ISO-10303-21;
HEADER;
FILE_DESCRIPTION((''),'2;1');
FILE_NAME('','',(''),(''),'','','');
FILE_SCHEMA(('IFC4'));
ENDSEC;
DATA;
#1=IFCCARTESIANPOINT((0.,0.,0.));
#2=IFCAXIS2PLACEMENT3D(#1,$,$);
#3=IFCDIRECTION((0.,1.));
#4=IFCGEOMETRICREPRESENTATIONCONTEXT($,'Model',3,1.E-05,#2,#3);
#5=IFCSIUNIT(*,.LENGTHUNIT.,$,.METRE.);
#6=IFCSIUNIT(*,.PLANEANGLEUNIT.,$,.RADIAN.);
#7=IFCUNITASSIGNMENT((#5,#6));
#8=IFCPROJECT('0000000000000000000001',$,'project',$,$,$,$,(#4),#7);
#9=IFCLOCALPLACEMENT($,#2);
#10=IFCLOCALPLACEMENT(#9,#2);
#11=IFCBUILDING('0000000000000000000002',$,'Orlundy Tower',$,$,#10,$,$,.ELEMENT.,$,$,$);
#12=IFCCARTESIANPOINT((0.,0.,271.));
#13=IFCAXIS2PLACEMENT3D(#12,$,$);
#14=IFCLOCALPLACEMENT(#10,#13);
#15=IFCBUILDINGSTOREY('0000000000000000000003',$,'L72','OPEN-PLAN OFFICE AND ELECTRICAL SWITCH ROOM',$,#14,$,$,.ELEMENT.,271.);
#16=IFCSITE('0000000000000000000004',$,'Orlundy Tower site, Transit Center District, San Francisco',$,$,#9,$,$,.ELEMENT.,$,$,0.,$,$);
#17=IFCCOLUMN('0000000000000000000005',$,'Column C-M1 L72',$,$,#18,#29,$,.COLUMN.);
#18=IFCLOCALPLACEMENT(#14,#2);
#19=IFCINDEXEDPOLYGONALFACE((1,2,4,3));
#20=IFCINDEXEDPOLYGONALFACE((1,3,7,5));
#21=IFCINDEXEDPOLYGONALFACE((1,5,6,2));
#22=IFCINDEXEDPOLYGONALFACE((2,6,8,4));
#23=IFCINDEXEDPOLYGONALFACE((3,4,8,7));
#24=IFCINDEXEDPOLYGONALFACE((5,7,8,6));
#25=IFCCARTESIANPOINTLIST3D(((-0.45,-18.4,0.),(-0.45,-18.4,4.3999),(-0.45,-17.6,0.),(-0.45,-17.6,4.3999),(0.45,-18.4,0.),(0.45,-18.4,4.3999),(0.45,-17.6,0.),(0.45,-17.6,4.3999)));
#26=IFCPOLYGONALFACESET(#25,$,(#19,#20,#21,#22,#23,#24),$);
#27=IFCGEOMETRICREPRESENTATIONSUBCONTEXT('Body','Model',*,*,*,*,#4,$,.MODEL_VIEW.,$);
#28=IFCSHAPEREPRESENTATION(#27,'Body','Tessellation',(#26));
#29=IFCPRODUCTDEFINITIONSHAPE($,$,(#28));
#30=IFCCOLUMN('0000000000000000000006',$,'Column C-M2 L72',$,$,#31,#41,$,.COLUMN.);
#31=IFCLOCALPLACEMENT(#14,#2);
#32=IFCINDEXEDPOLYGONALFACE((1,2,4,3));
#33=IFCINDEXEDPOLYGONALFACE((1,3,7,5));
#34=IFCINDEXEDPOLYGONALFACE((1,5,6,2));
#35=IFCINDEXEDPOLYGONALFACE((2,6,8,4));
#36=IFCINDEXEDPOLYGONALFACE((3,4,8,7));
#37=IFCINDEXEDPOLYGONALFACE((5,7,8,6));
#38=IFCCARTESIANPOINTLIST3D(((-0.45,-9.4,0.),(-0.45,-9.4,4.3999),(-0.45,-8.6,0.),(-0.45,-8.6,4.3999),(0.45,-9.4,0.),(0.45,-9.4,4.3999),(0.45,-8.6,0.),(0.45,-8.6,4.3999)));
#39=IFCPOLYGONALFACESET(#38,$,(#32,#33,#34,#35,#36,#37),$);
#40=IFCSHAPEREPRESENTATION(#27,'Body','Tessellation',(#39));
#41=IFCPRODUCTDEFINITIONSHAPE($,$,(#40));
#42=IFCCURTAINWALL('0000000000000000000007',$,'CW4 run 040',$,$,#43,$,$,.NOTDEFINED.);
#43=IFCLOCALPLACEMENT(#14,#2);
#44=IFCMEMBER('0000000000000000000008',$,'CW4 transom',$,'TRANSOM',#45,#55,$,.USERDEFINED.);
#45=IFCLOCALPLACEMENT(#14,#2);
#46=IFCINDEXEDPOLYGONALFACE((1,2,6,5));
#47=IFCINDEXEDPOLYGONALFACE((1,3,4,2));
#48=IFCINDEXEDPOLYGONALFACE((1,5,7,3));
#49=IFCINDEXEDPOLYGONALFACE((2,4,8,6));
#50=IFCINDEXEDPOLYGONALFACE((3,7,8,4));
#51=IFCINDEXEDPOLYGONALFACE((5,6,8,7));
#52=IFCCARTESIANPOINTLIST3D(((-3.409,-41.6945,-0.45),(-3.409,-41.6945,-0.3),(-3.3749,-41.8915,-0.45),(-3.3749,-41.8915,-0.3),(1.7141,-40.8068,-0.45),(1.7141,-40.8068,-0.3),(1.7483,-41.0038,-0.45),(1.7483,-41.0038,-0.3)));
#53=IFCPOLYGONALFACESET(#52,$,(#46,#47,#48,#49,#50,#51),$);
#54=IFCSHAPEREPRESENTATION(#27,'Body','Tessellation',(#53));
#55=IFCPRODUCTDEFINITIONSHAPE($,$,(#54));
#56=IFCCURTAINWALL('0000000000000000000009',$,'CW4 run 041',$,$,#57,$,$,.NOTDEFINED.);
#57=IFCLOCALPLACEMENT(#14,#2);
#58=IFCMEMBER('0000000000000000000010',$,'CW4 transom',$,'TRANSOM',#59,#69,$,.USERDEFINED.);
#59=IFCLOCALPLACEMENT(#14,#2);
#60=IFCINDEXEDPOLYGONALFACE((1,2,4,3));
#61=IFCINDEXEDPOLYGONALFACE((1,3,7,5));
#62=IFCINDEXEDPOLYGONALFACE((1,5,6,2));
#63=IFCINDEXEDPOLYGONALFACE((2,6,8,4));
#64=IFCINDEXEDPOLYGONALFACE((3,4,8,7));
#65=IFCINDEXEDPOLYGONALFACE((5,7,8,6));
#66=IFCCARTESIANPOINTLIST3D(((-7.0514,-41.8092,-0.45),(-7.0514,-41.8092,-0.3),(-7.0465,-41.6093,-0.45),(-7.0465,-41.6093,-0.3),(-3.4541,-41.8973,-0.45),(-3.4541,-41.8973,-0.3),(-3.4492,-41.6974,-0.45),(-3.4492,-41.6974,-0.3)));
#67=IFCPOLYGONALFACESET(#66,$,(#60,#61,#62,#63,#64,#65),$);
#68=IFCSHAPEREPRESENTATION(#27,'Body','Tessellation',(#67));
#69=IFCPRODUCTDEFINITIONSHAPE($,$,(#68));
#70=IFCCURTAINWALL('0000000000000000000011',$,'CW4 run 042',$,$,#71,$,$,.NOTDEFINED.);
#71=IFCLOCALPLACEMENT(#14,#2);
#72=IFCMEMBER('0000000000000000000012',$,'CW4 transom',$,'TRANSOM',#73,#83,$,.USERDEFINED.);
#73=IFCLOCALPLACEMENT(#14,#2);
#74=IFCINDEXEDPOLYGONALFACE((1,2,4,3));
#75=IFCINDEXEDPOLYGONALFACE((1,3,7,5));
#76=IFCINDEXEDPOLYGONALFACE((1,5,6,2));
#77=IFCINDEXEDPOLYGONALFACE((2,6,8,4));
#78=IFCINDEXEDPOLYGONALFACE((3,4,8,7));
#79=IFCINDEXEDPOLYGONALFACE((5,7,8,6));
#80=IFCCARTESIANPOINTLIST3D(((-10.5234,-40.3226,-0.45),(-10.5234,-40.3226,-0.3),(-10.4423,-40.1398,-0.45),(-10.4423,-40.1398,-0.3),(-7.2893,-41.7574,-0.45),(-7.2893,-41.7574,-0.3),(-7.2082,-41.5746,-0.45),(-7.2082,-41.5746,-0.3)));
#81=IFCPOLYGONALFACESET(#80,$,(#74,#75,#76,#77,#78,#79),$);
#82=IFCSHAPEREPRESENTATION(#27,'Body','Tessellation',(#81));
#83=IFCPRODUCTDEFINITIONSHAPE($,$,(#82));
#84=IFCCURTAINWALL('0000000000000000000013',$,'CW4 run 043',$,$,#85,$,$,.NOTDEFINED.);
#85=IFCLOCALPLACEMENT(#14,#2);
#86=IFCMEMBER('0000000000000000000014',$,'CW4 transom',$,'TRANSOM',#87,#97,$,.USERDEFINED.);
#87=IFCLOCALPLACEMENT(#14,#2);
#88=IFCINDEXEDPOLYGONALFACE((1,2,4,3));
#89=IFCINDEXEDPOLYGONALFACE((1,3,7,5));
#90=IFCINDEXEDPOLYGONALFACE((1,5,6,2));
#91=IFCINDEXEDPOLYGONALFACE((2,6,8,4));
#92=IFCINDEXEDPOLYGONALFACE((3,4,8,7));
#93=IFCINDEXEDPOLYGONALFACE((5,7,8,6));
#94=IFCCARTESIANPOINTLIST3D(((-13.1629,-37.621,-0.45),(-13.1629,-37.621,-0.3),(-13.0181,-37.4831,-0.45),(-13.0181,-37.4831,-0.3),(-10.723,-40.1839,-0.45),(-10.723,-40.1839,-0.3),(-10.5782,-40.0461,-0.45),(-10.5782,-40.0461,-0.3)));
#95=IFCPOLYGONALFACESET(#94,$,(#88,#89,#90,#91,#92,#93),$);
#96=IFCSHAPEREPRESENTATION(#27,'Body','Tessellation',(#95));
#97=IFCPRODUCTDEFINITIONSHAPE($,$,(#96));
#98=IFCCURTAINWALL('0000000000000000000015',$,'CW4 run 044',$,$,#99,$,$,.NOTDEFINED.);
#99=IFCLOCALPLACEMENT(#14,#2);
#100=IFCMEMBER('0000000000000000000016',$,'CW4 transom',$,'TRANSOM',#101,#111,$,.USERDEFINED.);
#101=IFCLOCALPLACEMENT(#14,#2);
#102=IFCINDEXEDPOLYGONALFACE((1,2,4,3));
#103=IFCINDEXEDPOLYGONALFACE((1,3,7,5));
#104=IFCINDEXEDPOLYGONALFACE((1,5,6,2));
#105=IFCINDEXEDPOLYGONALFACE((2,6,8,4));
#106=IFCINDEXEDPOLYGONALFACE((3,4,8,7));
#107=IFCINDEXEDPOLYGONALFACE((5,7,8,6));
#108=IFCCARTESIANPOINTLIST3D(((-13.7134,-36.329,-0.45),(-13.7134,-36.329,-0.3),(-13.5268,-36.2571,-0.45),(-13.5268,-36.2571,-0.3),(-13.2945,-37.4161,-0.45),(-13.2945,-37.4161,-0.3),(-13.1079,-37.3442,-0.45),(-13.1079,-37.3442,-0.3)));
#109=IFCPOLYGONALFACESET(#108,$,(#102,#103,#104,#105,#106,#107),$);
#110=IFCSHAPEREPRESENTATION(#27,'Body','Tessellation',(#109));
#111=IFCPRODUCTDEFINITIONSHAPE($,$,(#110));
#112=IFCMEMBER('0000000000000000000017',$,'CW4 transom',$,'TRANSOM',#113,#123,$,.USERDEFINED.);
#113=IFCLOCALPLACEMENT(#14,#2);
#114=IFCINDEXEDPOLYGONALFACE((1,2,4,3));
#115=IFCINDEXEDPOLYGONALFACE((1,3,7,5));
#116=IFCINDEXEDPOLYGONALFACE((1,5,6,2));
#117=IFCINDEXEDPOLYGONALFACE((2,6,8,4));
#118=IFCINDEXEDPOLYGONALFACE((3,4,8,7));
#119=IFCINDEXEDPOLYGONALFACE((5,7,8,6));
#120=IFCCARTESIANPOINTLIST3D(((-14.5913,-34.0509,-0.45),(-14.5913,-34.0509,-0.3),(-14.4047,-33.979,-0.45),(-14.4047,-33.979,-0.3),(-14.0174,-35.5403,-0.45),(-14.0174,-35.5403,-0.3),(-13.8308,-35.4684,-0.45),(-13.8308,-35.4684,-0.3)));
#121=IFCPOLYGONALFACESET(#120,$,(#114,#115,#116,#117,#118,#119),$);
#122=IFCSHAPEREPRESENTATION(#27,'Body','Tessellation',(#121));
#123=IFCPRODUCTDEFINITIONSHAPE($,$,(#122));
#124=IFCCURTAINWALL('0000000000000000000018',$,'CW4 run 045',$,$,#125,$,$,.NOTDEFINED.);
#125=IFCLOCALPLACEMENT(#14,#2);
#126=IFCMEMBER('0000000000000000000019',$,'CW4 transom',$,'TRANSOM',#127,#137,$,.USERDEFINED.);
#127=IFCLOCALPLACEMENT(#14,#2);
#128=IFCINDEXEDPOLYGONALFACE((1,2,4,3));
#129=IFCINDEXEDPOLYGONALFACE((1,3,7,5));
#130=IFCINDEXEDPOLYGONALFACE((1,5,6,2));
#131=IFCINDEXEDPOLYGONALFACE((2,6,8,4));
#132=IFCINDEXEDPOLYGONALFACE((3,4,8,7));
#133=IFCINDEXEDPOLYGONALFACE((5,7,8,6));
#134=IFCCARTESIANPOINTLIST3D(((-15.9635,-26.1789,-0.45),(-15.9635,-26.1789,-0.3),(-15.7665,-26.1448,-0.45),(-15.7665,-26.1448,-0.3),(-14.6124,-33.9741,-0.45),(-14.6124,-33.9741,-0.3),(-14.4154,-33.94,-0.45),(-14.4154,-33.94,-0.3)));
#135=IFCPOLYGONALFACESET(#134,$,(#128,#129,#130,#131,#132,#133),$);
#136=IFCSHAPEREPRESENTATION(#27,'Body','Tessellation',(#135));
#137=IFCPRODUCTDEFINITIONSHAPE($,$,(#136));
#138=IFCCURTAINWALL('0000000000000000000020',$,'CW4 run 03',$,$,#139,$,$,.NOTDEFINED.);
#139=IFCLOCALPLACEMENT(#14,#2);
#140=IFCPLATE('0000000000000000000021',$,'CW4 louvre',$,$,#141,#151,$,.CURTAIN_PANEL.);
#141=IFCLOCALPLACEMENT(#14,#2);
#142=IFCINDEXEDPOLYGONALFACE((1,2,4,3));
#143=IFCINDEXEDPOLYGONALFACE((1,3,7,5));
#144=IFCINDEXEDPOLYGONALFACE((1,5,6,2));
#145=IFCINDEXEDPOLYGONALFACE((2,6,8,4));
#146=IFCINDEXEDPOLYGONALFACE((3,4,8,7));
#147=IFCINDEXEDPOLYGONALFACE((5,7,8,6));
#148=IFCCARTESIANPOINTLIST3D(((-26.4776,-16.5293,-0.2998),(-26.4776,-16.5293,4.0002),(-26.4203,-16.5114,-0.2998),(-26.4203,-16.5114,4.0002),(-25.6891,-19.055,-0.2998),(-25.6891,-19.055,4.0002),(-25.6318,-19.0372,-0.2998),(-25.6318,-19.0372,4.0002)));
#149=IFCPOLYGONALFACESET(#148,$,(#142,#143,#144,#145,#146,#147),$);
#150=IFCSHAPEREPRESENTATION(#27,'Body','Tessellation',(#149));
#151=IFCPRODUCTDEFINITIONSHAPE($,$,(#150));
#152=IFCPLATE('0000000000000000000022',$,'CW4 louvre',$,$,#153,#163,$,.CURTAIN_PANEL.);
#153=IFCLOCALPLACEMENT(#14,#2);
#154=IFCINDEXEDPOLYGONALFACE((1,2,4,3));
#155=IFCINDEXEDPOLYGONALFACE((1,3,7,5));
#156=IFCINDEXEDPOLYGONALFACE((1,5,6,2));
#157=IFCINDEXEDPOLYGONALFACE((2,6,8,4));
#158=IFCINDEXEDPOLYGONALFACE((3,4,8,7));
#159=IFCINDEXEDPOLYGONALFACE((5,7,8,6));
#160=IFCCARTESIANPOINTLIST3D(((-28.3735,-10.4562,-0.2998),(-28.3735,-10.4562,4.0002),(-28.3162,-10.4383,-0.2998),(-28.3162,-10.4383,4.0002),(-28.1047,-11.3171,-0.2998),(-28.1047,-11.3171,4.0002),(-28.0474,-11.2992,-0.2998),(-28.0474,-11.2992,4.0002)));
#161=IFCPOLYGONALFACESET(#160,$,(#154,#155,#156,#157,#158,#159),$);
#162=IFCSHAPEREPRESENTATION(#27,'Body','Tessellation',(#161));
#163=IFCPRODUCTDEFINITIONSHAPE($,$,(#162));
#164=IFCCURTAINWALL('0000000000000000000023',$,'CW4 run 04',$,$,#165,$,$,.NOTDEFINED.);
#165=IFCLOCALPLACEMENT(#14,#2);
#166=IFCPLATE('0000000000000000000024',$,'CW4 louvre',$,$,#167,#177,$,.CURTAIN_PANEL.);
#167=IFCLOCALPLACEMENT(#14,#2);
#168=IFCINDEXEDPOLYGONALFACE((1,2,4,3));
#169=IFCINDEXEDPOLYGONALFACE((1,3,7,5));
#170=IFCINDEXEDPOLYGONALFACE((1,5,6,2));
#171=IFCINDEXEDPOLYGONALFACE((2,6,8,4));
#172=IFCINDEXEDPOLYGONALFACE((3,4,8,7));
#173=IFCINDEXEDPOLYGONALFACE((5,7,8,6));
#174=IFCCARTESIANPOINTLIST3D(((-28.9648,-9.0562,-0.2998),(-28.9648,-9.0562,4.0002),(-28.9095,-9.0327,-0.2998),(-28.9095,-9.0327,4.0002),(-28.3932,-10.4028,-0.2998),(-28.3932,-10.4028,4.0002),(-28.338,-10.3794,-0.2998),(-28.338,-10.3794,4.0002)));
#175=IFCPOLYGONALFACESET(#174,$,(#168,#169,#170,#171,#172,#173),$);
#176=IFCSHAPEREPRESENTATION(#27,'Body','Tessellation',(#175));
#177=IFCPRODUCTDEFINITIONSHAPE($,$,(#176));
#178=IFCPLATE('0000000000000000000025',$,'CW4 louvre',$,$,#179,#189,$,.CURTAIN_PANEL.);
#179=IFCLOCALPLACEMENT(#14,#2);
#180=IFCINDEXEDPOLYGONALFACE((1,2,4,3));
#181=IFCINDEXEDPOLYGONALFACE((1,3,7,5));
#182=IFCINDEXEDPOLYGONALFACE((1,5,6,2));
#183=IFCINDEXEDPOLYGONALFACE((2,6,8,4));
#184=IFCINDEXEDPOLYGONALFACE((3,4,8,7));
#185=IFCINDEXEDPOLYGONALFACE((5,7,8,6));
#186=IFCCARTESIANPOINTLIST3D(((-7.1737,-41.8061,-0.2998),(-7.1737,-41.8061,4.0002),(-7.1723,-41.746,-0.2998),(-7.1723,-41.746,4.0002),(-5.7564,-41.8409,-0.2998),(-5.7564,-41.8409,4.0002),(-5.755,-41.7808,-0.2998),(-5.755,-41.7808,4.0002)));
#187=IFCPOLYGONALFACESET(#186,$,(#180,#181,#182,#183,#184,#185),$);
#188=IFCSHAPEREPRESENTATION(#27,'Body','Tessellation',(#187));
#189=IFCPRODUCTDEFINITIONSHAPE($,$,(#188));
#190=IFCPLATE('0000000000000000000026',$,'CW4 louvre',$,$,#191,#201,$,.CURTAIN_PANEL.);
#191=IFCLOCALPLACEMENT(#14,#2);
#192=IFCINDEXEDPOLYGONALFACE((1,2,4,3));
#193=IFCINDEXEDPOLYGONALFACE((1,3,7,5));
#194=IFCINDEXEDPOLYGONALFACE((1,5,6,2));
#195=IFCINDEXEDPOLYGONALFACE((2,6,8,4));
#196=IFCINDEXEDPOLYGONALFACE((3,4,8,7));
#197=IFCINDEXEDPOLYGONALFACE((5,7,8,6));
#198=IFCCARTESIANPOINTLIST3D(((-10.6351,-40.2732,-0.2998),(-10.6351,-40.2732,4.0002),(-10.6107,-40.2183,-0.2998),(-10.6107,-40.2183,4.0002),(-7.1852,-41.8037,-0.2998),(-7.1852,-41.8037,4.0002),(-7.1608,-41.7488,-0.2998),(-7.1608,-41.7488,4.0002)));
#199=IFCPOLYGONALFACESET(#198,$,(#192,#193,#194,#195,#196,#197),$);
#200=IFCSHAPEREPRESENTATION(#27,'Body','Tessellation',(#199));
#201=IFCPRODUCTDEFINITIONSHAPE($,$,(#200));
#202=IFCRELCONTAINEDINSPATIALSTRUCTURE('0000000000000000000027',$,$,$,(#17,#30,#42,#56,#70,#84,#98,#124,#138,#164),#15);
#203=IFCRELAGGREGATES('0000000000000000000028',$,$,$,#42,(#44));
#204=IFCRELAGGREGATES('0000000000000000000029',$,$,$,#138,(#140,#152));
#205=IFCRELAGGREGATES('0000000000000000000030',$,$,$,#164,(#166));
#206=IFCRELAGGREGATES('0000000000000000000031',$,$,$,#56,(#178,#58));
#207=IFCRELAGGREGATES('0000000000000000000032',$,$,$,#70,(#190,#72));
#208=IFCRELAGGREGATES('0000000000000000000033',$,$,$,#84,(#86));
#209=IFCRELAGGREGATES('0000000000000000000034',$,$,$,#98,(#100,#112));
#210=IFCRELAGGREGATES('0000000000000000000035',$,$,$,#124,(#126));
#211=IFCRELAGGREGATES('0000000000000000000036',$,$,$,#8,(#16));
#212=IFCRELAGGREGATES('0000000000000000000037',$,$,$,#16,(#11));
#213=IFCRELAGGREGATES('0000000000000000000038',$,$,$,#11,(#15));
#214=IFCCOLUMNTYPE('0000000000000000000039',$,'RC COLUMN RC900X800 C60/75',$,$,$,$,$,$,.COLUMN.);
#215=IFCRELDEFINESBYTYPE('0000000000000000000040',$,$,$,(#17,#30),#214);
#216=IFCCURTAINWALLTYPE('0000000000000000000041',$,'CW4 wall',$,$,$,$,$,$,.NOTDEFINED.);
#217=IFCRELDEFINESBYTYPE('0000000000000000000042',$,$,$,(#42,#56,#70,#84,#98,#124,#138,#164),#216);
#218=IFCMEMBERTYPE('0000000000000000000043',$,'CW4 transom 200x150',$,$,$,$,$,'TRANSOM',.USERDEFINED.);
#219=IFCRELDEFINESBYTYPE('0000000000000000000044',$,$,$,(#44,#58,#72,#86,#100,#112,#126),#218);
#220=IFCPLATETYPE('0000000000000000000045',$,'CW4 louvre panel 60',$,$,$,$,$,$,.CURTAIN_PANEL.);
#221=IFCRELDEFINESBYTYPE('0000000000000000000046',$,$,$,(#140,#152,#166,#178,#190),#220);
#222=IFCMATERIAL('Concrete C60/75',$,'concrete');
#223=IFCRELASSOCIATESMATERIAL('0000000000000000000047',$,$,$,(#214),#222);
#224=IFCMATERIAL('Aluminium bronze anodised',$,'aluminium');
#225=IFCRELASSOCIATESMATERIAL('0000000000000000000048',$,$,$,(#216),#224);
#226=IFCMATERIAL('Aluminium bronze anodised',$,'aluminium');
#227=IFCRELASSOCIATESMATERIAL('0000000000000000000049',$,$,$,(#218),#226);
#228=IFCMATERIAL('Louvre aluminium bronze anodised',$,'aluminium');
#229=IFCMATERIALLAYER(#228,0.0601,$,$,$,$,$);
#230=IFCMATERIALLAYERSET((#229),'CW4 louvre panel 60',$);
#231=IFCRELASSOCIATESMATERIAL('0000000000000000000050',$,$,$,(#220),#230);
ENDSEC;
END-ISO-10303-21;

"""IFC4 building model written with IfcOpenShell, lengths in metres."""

from ifc_helpers import new_model, si_unit, direction, frame, origin, origin_2d, place, context, subcontext, project, spatial, rectangle, extrude, material, layer, layer_set, material_profile, profile_set, type_object, element, aggregate, save


model = new_model("IFC4")

# Units and contexts
model_context = context("Model", 3, precision=1e-05, world=origin(), true_north=direction((0.0, 1.0)))
body_context = subcontext(model_context, "Body", "Model", "MODEL_VIEW")
ifc_project = project(units=[si_unit("LENGTHUNIT", "METRE"), si_unit("PLANEANGLEUNIT", "RADIAN")], contexts=[model_context])

# Site, building, storey
site_placement = place(None, origin())
site = spatial("IfcSite", under=ifc_project, at=site_placement, Name="Orlundy Tower site, Transit Center District, San Francisco", CompositionType="ELEMENT", RefElevation=0.0)
building_placement = place(site_placement, origin())
building = spatial("IfcBuilding", under=site, at=building_placement, Name="Orlundy Tower", CompositionType="ELEMENT")
storey_placement = place(building_placement, frame((0.0, 0.0, 271.0)))
storey = spatial("IfcBuildingStorey", under=building, at=storey_placement, Name="L72", Description="OPEN-PLAN OFFICE AND ELECTRICAL SWITCH ROOM", CompositionType="ELEMENT", Elevation=271.0)

# Columns
ifc_material_1 = material(Name="Concrete C60/75", Category="concrete")
ifc_material_profile_1 = material_profile(ifc_material_1, rectangle(XDim=0.8999, YDim=0.8, at=origin_2d()), Name="RC900X800")
ifc_profile_set_1 = profile_set([ifc_material_profile_1], Name="Concrete C60/75")
column_type = type_object("IfcColumnType", Name="RC COLUMN RC900X800 C60/75", PredefinedType="COLUMN", material=ifc_profile_set_1)
for number, where, z_axis, x_axis, name in (
    (1, (0.0, -18.0, 0.0), (0.0, 0.0, 1.0), (1.0, 0.0, 0.0), "Column C-M1 L72"),
    (2, (0.0, -9.0, 0.0), (0.0, 0.0, 1.0), (1.0, 0.0, 0.0), "Column C-M2 L72"),
):
    element("IfcColumn", number, at=place(storey_placement, frame(where, z_axis=z_axis, x_axis=x_axis)), inside=storey, type_object=column_type, Name=name, PredefinedType="COLUMN", context=body_context, shape_type="SweptSolid", body=[
        extrude(rectangle(XDim=0.8999, YDim=0.8, at=origin_2d()), origin(), (0.0, 0.0, 1.0), 4.3999),
    ])

# Curtain walls, members
ifc_material_2 = material(Name="Aluminium bronze anodised", Category="aluminium")
curtain_wall_type = type_object("IfcCurtainWallType", Name="CW4 wall", PredefinedType="NOTDEFINED", material=ifc_material_2)
curtain_wall_1_placement = place(storey_placement, origin())
curtain_wall_1 = element("IfcCurtainWall", 3, at=curtain_wall_1_placement, inside=storey, type_object=curtain_wall_type, Name="CW4 run 040", PredefinedType="NOTDEFINED")
ifc_material_3 = material(Name="Aluminium bronze anodised", Category="aluminium")
ifc_material_profile_2 = material_profile(ifc_material_3, rectangle(XDim=0.2, YDim=0.1499, at=origin_2d()), Name="CW4 transom 200x150")
ifc_profile_set_2 = profile_set([ifc_material_profile_2], Name="Aluminium bronze anodised")
member_type = type_object("IfcMemberType", Name="CW4 transom 200x150", ElementType="TRANSOM", PredefinedType="USERDEFINED", material=ifc_profile_set_2)
member_1_placement = place(storey_placement, frame((1.7312, -40.9053, -0.375), z_axis=(-0.985318, -0.170731, 0.0), x_axis=(0.170731, -0.985318, 0.0)))
member_1 = element("IfcMember", 4, at=member_1_placement, type_object=member_type, Name="CW4 transom", ObjectType="TRANSOM", PredefinedType="USERDEFINED", context=body_context, shape_type="SweptSolid", body=[
    extrude(rectangle(XDim=0.2, YDim=0.1499, at=origin_2d()), origin(), (0.0, 0.0, 1.0), 5.1995),
])
aggregate(curtain_wall_1, [member_1])
curtain_wall_2_placement = place(storey_placement, origin())
curtain_wall_2 = element("IfcCurtainWall", 5, at=curtain_wall_2_placement, inside=storey, type_object=curtain_wall_type, Name="CW4 run 041", PredefinedType="NOTDEFINED")
member_2_placement = place(storey_placement, frame((-3.4517, -41.7974, -0.375), z_axis=(-0.9997, 0.024492, 0.0), x_axis=(-0.024492, -0.9997, 0.0)))
member_2 = element("IfcMember", 6, at=member_2_placement, type_object=member_type, Name="CW4 transom", ObjectType="TRANSOM", PredefinedType="USERDEFINED", context=body_context, shape_type="SweptSolid", body=[
    extrude(rectangle(XDim=0.2, YDim=0.1499, at=origin_2d()), origin(), (0.0, 0.0, 1.0), 3.5984),
])
curtain_wall_3_placement = place(storey_placement, origin())
curtain_wall_3 = element("IfcCurtainWall", 7, at=curtain_wall_3_placement, inside=storey, type_object=curtain_wall_type, Name="CW4 run 042", PredefinedType="NOTDEFINED")
member_3_placement = place(storey_placement, frame((-7.2488, -41.666, -0.375), z_axis=(-0.914082, 0.40553, 0.0), x_axis=(-0.40553, -0.914082, 0.0)))
member_3 = element("IfcMember", 8, at=member_3_placement, type_object=member_type, Name="CW4 transom", ObjectType="TRANSOM", PredefinedType="USERDEFINED", context=body_context, shape_type="SweptSolid", body=[
    extrude(rectangle(XDim=0.2, YDim=0.1499, at=origin_2d()), origin(), (0.0, 0.0, 1.0), 3.5381),
])
curtain_wall_4_placement = place(storey_placement, origin())
curtain_wall_4 = element("IfcCurtainWall", 9, at=curtain_wall_4_placement, inside=storey, type_object=curtain_wall_type, Name="CW4 run 043", PredefinedType="NOTDEFINED")
member_4_placement = place(storey_placement, frame((-10.6506, -40.115, -0.375), z_axis=(-0.689507, 0.724279, 0.0), x_axis=(-0.724279, -0.689507, 0.0)))
member_4 = element("IfcMember", 10, at=member_4_placement, type_object=member_type, Name="CW4 transom", ObjectType="TRANSOM", PredefinedType="USERDEFINED", context=body_context, shape_type="SweptSolid", body=[
    extrude(rectangle(XDim=0.2, YDim=0.1499, at=origin_2d()), origin(), (0.0, 0.0, 1.0), 3.5386),
])

# Curtain wall, members
curtain_wall_5_placement = place(storey_placement, origin())
curtain_wall_5 = element("IfcCurtainWall", 11, at=curtain_wall_5_placement, inside=storey, type_object=curtain_wall_type, Name="CW4 run 044", PredefinedType="NOTDEFINED")
member_5_placement = place(storey_placement, frame((-13.2012, -37.3801, -0.375), z_axis=(-0.359583, 0.933113, 0.0), x_axis=(-0.933113, -0.359583, 0.0)))
member_5 = element("IfcMember", 12, at=member_5_placement, type_object=member_type, Name="CW4 transom", ObjectType="TRANSOM", PredefinedType="USERDEFINED", context=body_context, shape_type="SweptSolid", body=[
    extrude(rectangle(XDim=0.2, YDim=0.1499, at=origin_2d()), origin(), (0.0, 0.0, 1.0), 1.165),
])
member_6_placement = place(storey_placement, frame((-13.9241, -35.5044, -0.375), z_axis=(-0.359573, 0.933117, 0.0), x_axis=(-0.933117, -0.359573, 0.0)))
member_6 = element("IfcMember", 13, at=member_6_placement, type_object=member_type, Name="CW4 transom", ObjectType="TRANSOM", PredefinedType="USERDEFINED", context=body_context, shape_type="SweptSolid", body=[
    extrude(rectangle(XDim=0.2, YDim=0.1499, at=origin_2d()), origin(), (0.0, 0.0, 1.0), 1.5962),
])

# Curtain wall, member
curtain_wall_6_placement = place(storey_placement, origin())
curtain_wall_6 = element("IfcCurtainWall", 14, at=curtain_wall_6_placement, inside=storey, type_object=curtain_wall_type, Name="CW4 run 045", PredefinedType="NOTDEFINED")
member_7_placement = place(storey_placement, frame((-14.5139, -33.957, -0.375), z_axis=(-0.170776, 0.98531, 0.0), x_axis=(-0.98531, -0.170776, 0.0)))
member_7 = element("IfcMember", 15, at=member_7_placement, type_object=member_type, Name="CW4 transom", ObjectType="TRANSOM", PredefinedType="USERDEFINED", context=body_context, shape_type="SweptSolid", body=[
    extrude(rectangle(XDim=0.2, YDim=0.1499, at=origin_2d()), origin(), (0.0, 0.0, 1.0), 7.9114),
])

# Curtain wall, plates
curtain_wall_7_placement = place(storey_placement, origin())
curtain_wall_7 = element("IfcCurtainWall", 16, at=curtain_wall_7_placement, inside=storey, type_object=curtain_wall_type, Name="CW4 run 03", PredefinedType="NOTDEFINED")
ifc_material_4 = material(Name="Louvre aluminium bronze anodised", Category="aluminium")
ifc_layer_1 = layer(ifc_material_4, 0.0601)
ifc_layer_set_1 = layer_set([ifc_layer_1], Name="CW4 louvre panel 60")
plate_type = type_object("IfcPlateType", Name="CW4 louvre panel 60", PredefinedType="CURTAIN_PANEL", material=ifc_layer_set_1)
plate_1_placement = place(storey_placement, frame((-26.0547, -17.7832, -0.2998), z_axis=(0.0, 0.0, 1.0), x_axis=(-0.297983, 0.954571, 0.0)))
plate_1 = element("IfcPlate", 17, at=plate_1_placement, type_object=plate_type, Name="CW4 louvre", PredefinedType="CURTAIN_PANEL", context=body_context, shape_type="SweptSolid", body=[
    extrude(rectangle(XDim=2.646, YDim=0.0601, at=origin_2d()), origin(), (0.0, 0.0, 1.0), 4.3),
])
plate_2_placement = place(storey_placement, frame((-28.2104, -10.8777, -0.2998), z_axis=(0.0, 0.0, 1.0), x_axis=(-0.297983, 0.954571, 0.0)))
plate_2 = element("IfcPlate", 18, at=plate_2_placement, type_object=plate_type, Name="CW4 louvre", PredefinedType="CURTAIN_PANEL", context=body_context, shape_type="SweptSolid", body=[
    extrude(rectangle(XDim=0.9019, YDim=0.0601, at=origin_2d()), origin(), (0.0, 0.0, 1.0), 4.3),
])
aggregate(curtain_wall_7, [plate_1, plate_2])

# Curtain wall, plate
curtain_wall_8_placement = place(storey_placement, origin())
curtain_wall_8 = element("IfcCurtainWall", 19, at=curtain_wall_8_placement, inside=storey, type_object=curtain_wall_type, Name="CW4 run 04", PredefinedType="NOTDEFINED")
plate_3_placement = place(storey_placement, frame((-28.6514, -9.7178, -0.2998), z_axis=(0.0, 0.0, 1.0), x_axis=(-0.390698, 0.920519, 0.0)))
plate_3 = element("IfcPlate", 20, at=plate_3_placement, type_object=plate_type, Name="CW4 louvre", PredefinedType="CURTAIN_PANEL", context=body_context, shape_type="SweptSolid", body=[
    extrude(rectangle(XDim=1.4629, YDim=0.0601, at=origin_2d()), origin(), (0.0, 0.0, 1.0), 4.3),
])
aggregate(curtain_wall_8, [plate_3])

# Plates
plate_4_placement = place(storey_placement, frame((-6.4644, -41.7935, -0.2998), z_axis=(0.0, 0.0, 1.0), x_axis=(-0.999699, 0.024547, 0.0)))
plate_4 = element("IfcPlate", 21, at=plate_4_placement, type_object=plate_type, Name="CW4 louvre", PredefinedType="CURTAIN_PANEL", context=body_context, shape_type="SweptSolid", body=[
    extrude(rectangle(XDim=1.4177, YDim=0.0601, at=origin_2d()), origin(), (0.0, 0.0, 1.0), 4.3),
])
aggregate(curtain_wall_2, [plate_4, member_2])
plate_5_placement = place(storey_placement, frame((-8.8979, -41.011, -0.2998), z_axis=(0.0, 0.0, 1.0), x_axis=(-0.914089, 0.405513, 0.0)))
plate_5 = element("IfcPlate", 22, at=plate_5_placement, type_object=plate_type, Name="CW4 louvre", PredefinedType="CURTAIN_PANEL", context=body_context, shape_type="SweptSolid", body=[
    extrude(rectangle(XDim=3.7742, YDim=0.0601, at=origin_2d()), origin(), (0.0, 0.0, 1.0), 4.3),
])
aggregate(curtain_wall_3, [plate_5, member_3])
aggregate(curtain_wall_4, [member_4])
aggregate(curtain_wall_5, [member_5, member_6])
aggregate(curtain_wall_6, [member_7])

save(model, "model.ifc")
